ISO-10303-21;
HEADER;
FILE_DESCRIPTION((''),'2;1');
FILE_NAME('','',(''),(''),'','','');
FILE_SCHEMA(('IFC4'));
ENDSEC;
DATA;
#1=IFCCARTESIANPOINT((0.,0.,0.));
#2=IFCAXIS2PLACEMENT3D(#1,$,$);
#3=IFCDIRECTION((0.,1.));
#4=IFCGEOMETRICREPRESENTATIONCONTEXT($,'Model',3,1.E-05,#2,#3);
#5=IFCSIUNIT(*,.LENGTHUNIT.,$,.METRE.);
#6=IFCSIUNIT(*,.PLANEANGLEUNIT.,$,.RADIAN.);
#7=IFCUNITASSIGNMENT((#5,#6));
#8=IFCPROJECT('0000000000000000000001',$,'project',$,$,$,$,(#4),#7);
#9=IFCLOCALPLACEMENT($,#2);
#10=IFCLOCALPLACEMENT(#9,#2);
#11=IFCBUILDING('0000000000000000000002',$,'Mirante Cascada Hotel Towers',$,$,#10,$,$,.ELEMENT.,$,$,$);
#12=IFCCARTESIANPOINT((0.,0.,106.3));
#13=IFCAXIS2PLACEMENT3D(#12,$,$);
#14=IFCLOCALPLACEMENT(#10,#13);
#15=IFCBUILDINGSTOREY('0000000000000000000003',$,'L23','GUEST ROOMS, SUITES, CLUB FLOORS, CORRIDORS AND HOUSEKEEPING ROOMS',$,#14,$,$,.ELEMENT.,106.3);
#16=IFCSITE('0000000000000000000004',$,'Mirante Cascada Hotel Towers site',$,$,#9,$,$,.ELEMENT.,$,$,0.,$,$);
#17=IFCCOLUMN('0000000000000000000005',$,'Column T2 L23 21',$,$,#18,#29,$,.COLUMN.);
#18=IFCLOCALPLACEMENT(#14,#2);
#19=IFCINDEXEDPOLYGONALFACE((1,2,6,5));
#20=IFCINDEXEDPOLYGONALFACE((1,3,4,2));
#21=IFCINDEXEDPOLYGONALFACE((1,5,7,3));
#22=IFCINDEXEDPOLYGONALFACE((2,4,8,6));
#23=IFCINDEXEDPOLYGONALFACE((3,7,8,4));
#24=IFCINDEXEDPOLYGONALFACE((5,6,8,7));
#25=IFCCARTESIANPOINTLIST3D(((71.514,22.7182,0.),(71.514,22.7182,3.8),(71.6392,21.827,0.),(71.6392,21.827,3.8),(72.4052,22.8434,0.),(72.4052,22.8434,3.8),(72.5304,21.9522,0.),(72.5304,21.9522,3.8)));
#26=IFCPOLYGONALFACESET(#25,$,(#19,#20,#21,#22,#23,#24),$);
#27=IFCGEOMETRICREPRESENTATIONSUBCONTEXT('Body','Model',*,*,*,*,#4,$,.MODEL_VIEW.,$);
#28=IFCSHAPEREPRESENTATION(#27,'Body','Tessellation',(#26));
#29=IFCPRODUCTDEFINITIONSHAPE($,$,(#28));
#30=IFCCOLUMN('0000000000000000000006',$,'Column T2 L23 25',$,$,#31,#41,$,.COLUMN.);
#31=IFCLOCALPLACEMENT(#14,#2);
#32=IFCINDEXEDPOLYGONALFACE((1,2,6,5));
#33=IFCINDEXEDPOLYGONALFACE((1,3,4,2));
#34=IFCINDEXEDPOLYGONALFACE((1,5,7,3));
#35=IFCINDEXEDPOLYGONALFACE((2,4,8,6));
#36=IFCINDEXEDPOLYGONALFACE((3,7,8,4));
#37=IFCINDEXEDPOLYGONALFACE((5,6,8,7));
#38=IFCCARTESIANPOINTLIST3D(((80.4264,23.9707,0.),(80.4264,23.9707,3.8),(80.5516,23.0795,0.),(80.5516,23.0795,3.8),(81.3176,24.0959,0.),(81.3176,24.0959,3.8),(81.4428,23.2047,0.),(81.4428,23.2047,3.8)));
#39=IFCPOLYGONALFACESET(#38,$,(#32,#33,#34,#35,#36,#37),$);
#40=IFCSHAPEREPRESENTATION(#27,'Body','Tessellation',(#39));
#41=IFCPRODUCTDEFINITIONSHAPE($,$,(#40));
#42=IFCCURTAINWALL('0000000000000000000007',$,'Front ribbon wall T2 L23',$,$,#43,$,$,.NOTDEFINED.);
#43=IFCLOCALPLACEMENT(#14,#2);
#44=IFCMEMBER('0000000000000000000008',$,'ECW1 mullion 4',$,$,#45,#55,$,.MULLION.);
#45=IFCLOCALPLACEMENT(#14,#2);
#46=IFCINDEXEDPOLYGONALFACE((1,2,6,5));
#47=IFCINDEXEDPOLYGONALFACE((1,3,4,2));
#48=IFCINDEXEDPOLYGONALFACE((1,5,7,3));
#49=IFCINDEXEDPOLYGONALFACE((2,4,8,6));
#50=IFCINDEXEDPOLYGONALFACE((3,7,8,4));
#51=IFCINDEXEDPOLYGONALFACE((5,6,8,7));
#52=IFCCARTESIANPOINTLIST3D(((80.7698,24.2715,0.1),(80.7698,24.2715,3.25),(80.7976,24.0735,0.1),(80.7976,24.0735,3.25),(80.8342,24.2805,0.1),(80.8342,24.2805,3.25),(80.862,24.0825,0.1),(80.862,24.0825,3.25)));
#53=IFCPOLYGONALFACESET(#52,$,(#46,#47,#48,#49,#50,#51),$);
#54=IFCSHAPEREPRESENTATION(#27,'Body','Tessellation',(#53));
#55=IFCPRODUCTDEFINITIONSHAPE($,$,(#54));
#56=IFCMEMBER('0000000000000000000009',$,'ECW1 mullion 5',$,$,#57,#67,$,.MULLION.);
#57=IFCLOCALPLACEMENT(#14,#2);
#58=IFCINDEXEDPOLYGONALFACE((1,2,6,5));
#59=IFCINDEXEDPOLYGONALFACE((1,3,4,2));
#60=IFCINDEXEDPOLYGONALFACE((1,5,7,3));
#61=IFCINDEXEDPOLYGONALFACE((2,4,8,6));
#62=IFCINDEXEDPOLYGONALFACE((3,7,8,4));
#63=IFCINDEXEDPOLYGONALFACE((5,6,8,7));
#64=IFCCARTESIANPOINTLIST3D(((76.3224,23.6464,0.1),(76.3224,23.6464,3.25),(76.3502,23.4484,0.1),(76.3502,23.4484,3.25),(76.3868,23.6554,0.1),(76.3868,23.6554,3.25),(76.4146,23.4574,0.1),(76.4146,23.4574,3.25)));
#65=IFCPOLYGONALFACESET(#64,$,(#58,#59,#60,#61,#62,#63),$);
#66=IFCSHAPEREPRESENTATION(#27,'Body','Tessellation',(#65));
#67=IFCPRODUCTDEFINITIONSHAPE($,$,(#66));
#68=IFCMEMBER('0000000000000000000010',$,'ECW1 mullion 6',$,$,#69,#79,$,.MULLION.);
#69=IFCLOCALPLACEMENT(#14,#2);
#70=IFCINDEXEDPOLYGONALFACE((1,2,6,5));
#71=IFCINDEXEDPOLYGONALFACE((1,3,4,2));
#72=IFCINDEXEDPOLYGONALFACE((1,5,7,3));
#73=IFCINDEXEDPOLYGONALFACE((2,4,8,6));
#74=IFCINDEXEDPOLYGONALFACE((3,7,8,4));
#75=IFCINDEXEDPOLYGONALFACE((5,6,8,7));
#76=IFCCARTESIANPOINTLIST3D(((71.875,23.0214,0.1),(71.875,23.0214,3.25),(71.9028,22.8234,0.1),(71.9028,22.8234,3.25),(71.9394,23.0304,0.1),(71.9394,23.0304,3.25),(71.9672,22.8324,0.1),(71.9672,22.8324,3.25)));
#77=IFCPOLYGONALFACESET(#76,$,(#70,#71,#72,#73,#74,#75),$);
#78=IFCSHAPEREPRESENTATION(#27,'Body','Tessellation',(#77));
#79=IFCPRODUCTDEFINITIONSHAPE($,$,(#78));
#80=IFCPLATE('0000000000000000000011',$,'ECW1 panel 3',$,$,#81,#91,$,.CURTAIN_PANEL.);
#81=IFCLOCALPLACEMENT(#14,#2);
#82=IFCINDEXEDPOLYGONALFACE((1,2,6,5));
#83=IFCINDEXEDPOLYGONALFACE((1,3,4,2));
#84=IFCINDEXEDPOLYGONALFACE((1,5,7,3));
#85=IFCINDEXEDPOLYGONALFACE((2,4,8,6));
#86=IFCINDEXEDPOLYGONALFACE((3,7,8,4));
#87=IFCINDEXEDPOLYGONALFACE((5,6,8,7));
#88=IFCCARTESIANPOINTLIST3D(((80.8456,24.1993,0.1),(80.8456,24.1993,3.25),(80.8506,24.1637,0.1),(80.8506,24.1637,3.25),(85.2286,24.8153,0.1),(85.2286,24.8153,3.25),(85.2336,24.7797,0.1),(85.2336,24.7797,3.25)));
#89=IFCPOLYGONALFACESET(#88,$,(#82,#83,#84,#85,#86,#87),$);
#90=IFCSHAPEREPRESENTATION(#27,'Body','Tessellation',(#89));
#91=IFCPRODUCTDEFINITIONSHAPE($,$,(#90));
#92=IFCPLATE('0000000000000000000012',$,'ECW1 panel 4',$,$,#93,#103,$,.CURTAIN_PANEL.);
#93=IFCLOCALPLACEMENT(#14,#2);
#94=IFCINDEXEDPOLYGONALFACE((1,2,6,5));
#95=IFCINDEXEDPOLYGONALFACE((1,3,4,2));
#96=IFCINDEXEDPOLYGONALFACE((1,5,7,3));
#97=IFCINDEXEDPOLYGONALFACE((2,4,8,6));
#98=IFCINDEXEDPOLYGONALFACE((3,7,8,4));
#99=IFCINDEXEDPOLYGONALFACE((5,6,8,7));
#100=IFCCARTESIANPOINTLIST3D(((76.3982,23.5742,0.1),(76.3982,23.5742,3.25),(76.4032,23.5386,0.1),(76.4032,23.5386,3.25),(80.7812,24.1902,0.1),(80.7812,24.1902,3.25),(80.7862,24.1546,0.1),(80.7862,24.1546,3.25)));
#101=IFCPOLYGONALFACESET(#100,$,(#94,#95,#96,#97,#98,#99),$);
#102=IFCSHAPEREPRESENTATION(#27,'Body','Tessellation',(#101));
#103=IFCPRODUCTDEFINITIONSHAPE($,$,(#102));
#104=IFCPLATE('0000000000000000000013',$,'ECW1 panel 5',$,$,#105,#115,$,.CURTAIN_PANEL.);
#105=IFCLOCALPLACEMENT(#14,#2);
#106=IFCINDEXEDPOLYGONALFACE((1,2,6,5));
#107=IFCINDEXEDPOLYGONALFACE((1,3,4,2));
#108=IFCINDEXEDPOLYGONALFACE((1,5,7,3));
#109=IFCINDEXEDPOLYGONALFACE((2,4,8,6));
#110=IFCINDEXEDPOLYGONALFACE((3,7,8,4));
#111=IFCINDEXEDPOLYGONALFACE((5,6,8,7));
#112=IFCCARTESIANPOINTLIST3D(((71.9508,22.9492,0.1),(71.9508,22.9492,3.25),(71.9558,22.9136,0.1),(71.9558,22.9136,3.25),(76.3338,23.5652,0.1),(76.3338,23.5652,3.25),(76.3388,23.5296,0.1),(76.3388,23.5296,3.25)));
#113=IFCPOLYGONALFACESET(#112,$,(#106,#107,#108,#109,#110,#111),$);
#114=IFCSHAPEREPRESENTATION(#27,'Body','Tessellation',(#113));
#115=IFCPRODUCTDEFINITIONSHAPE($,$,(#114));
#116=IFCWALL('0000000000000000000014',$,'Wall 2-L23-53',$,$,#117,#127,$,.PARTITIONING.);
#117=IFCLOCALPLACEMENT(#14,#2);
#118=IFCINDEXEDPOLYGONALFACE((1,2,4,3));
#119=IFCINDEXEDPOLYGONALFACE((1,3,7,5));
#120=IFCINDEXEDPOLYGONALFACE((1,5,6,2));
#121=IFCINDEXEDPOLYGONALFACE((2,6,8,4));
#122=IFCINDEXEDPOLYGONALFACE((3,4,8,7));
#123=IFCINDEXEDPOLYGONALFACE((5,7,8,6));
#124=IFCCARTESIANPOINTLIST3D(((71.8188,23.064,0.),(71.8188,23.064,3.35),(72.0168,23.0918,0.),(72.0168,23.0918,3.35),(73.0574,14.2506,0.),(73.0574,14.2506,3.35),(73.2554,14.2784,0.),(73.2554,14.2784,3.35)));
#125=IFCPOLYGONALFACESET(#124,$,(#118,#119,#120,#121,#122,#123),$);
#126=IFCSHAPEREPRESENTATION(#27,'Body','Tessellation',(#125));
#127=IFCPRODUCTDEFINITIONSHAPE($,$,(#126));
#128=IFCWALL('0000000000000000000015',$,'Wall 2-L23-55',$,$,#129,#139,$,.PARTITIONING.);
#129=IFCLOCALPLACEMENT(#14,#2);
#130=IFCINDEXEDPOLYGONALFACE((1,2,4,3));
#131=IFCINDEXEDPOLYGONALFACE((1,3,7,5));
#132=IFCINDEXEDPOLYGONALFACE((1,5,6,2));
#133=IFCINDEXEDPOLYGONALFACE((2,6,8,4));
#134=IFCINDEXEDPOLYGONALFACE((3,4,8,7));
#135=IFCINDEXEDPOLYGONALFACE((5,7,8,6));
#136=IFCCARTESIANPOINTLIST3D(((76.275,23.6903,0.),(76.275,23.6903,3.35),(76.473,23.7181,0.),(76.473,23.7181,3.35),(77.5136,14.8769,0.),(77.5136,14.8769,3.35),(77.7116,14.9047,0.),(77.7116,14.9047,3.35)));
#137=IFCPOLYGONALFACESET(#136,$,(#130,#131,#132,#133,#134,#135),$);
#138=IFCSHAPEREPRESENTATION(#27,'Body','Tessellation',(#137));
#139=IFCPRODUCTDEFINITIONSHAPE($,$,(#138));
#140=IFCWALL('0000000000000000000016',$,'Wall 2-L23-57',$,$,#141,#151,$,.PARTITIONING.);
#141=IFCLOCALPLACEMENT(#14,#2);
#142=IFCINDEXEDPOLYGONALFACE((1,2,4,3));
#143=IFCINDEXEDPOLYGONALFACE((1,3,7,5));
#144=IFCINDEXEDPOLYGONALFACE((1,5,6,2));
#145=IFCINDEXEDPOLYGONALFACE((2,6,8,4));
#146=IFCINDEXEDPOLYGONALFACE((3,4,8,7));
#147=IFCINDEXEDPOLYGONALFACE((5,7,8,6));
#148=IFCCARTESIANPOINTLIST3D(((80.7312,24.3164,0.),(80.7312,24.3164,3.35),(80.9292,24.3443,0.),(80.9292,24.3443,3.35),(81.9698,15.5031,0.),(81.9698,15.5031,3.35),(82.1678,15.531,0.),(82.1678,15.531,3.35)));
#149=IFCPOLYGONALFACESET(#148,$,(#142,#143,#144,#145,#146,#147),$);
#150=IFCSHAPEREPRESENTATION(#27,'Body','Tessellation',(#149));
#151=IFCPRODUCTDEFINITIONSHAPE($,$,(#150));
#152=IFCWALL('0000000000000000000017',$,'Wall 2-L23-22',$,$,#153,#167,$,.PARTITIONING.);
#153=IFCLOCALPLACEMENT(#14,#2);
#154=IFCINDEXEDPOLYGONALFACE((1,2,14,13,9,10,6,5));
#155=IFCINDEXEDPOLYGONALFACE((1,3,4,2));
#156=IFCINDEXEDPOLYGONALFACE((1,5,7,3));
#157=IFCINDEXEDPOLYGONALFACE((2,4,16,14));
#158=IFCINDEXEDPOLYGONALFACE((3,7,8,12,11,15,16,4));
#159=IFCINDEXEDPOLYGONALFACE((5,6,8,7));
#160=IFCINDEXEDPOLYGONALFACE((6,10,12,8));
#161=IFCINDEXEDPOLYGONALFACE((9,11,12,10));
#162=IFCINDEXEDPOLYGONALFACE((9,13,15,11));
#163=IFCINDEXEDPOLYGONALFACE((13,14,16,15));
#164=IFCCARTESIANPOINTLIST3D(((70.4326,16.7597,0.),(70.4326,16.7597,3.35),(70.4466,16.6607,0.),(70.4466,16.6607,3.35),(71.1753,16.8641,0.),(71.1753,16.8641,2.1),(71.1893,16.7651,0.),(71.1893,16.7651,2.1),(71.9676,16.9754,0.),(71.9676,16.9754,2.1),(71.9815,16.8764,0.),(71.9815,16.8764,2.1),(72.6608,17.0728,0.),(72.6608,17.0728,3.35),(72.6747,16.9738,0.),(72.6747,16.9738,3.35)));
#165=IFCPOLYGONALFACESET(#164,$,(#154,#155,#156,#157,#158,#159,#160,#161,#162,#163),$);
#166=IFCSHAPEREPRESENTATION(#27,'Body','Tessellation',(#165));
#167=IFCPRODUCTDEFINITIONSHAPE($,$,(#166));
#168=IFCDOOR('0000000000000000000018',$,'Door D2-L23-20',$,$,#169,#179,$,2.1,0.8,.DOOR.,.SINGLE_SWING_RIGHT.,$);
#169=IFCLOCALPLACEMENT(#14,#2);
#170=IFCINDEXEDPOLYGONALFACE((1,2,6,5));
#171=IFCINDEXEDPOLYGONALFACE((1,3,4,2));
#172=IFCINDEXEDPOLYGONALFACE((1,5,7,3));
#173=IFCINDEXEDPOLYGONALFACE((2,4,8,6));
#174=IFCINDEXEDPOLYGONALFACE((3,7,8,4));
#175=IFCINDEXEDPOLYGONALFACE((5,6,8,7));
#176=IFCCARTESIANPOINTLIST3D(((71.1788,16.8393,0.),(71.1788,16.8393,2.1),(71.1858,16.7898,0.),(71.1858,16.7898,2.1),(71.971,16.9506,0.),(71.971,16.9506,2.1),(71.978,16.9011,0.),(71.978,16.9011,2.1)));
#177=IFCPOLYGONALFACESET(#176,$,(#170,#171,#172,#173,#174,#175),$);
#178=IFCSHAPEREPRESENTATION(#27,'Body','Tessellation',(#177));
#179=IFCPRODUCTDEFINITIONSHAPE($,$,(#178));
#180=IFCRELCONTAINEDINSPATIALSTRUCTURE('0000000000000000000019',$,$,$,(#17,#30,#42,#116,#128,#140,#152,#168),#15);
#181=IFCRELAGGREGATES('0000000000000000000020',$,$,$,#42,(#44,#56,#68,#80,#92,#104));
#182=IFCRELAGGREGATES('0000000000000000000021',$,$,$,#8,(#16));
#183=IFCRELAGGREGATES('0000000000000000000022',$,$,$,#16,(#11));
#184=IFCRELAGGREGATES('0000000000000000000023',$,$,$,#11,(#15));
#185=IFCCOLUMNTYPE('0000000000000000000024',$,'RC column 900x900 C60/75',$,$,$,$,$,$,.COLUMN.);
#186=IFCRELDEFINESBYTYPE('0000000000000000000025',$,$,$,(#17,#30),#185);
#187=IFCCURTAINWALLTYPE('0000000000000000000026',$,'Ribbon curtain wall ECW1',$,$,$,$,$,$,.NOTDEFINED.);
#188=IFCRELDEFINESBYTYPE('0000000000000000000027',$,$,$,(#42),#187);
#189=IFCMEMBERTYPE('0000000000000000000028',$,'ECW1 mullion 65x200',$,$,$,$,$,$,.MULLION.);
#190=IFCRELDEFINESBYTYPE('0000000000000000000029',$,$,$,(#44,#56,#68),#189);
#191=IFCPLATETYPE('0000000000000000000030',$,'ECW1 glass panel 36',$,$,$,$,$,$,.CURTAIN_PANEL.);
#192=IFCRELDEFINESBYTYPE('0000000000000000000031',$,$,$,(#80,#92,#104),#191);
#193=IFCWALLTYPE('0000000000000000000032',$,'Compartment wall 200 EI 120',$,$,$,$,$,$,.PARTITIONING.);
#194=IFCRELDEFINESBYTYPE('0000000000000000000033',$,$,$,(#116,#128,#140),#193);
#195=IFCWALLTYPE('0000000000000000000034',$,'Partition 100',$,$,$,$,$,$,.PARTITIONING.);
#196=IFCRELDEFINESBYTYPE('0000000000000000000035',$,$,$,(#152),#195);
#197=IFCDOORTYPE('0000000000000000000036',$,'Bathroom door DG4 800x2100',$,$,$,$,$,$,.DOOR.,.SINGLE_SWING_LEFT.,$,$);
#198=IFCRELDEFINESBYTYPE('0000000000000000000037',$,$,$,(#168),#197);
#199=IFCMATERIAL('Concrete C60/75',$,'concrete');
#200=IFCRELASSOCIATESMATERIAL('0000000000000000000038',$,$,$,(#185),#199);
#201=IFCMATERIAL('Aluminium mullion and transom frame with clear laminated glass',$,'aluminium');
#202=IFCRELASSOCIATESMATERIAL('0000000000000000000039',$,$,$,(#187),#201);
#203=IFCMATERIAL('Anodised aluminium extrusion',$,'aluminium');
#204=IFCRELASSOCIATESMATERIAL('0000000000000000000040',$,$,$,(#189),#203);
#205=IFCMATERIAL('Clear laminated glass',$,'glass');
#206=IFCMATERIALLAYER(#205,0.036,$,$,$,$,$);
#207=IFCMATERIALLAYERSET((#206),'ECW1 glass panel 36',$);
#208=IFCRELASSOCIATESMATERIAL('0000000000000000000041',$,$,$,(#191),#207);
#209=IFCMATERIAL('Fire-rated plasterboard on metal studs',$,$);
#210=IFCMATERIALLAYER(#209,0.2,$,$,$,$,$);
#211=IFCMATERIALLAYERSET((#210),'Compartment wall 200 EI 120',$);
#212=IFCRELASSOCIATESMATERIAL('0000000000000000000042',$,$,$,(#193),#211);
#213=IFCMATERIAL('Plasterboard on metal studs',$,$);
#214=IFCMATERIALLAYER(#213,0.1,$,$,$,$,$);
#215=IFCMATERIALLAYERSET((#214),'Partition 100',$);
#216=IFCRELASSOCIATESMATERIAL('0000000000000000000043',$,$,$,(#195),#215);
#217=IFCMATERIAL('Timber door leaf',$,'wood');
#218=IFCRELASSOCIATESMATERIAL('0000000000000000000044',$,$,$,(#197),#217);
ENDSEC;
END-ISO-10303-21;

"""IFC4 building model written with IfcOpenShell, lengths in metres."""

from ifc_helpers import new_model, si_unit, direction, frame, frame_2d, origin, origin_2d, place, context, subcontext, project, spatial, rectangle, extrude, material, layer, layer_set, material_profile, profile_set, type_object, element, fill, aggregate, save


model = new_model("IFC4")

# Units and contexts
model_context = context("Model", 3, precision=1e-05, world=origin(), true_north=direction((0.0, 1.0)))
body_context = subcontext(model_context, "Body", "Model", "MODEL_VIEW")
ifc_project = project(units=[si_unit("LENGTHUNIT", "METRE"), si_unit("PLANEANGLEUNIT", "RADIAN")], contexts=[model_context])

# Site, building, storey
site_placement = place(None, origin())
site = spatial("IfcSite", under=ifc_project, at=site_placement, Name="Mirante Cascada Hotel Towers site", CompositionType="ELEMENT", RefElevation=0.0)
building_placement = place(site_placement, origin())
building = spatial("IfcBuilding", under=site, at=building_placement, Name="Mirante Cascada Hotel Towers", CompositionType="ELEMENT")
storey_placement = place(building_placement, frame((0.0, 0.0, 106.3)))
storey = spatial("IfcBuildingStorey", under=building, at=storey_placement, Name="L23", Description="GUEST ROOMS, SUITES, CLUB FLOORS, CORRIDORS AND HOUSEKEEPING ROOMS", CompositionType="ELEMENT", Elevation=106.3)

# Columns
ifc_material_1 = material(Name="Concrete C60/75", Category="concrete")
ifc_material_profile_1 = material_profile(ifc_material_1, rectangle(XDim=0.9, YDim=0.9, at=origin_2d()), Name="RC column 900x900 C60/75")
ifc_profile_set_1 = profile_set([ifc_material_profile_1], Name="Concrete C60/75")
column_type = type_object("IfcColumnType", Name="RC column 900x900 C60/75", PredefinedType="COLUMN", material=ifc_profile_set_1)
for number, where, z_axis, x_axis, name in (
    (1, (72.0222, 22.3352, 0.0), (0.0, 0.0, 1.0), (0.990268, 0.139173, 0.0), "Column T2 L23 21"),
    (2, (80.9346, 23.5877, 0.0), (0.0, 0.0, 1.0), (0.990268, 0.139173, 0.0), "Column T2 L23 25"),
):
    element("IfcColumn", number, at=place(storey_placement, frame(where, z_axis=z_axis, x_axis=x_axis)), inside=storey, type_object=column_type, Name=name, PredefinedType="COLUMN", context=body_context, shape_type="SweptSolid", body=[
        extrude(rectangle(XDim=0.9, YDim=0.9, at=origin_2d()), origin(), (0.0, 0.0, 1.0), 3.8),
    ])

# Curtain wall, members, plates
ifc_material_2 = material(Name="Aluminium mullion and transom frame with clear laminated glass", Category="aluminium")
curtain_wall_type = type_object("IfcCurtainWallType", Name="Ribbon curtain wall ECW1", PredefinedType="NOTDEFINED", material=ifc_material_2)
curtain_wall_placement = place(storey_placement, origin())
curtain_wall = element("IfcCurtainWall", 3, at=curtain_wall_placement, inside=storey, type_object=curtain_wall_type, Name="Front ribbon wall T2 L23", PredefinedType="NOTDEFINED")
ifc_material_3 = material(Name="Anodised aluminium extrusion", Category="aluminium")
ifc_material_profile_2 = material_profile(ifc_material_3, rectangle(XDim=0.2, YDim=0.065, at=origin_2d()), Name="ECW1 MULLION 65x200")
ifc_profile_set_2 = profile_set([ifc_material_profile_2], Name="Anodised aluminium extrusion")
member_type = type_object("IfcMemberType", Name="ECW1 mullion 65x200", PredefinedType="MULLION", material=ifc_profile_set_2)
member_1_placement = place(storey_placement, frame((80.8159, 24.177, 0.1), z_axis=(0.0, 0.0, 1.0), x_axis=(0.139173, -0.990268, 0.0)))
member_1 = element("IfcMember", 4, at=member_1_placement, type_object=member_type, Name="ECW1 mullion 4", PredefinedType="MULLION", context=body_context, shape_type="SweptSolid", body=[
    extrude(rectangle(XDim=0.2, YDim=0.065, at=origin_2d()), origin(), (0.0, 0.0, 1.0), 3.15),
])
member_2_placement = place(storey_placement, frame((76.3685, 23.5519, 0.1), z_axis=(0.0, 0.0, 1.0), x_axis=(0.139173, -0.990268, 0.0)))
member_2 = element("IfcMember", 5, at=member_2_placement, type_object=member_type, Name="ECW1 mullion 5", PredefinedType="MULLION", context=body_context, shape_type="SweptSolid", body=[
    extrude(rectangle(XDim=0.2, YDim=0.065, at=origin_2d()), origin(), (0.0, 0.0, 1.0), 3.15),
])
member_3_placement = place(storey_placement, frame((71.9211, 22.9269, 0.1), z_axis=(0.0, 0.0, 1.0), x_axis=(0.139173, -0.990268, 0.0)))
member_3 = element("IfcMember", 6, at=member_3_placement, type_object=member_type, Name="ECW1 mullion 6", PredefinedType="MULLION", context=body_context, shape_type="SweptSolid", body=[
    extrude(rectangle(XDim=0.2, YDim=0.065, at=origin_2d()), origin(), (0.0, 0.0, 1.0), 3.15),
])
ifc_material_4 = material(Name="Clear laminated glass", Category="glass")
ifc_layer_1 = layer(ifc_material_4, 0.036)
ifc_layer_set_1 = layer_set([ifc_layer_1], Name="ECW1 glass panel 36")
plate_type = type_object("IfcPlateType", Name="ECW1 glass panel 36", PredefinedType="CURTAIN_PANEL", material=ifc_layer_set_1)
plate_1_placement = place(storey_placement, frame((83.0396, 24.4895, 0.1), z_axis=(0.0, 0.0, 1.0), x_axis=(-0.990268, -0.139173, 0.0)))
plate_1 = element("IfcPlate", 7, at=plate_1_placement, type_object=plate_type, Name="ECW1 panel 3", PredefinedType="CURTAIN_PANEL", context=body_context, shape_type="SweptSolid", body=[
    extrude(rectangle(XDim=4.4261, YDim=0.036, at=origin_2d()), origin(), (0.0, 0.0, 1.0), 3.15),
])
plate_2_placement = place(storey_placement, frame((78.5922, 23.8644, 0.1), z_axis=(0.0, 0.0, 1.0), x_axis=(-0.990268, -0.139173, 0.0)))
plate_2 = element("IfcPlate", 8, at=plate_2_placement, type_object=plate_type, Name="ECW1 panel 4", PredefinedType="CURTAIN_PANEL", context=body_context, shape_type="SweptSolid", body=[
    extrude(rectangle(XDim=4.4261, YDim=0.036, at=origin_2d()), origin(), (0.0, 0.0, 1.0), 3.15),
])
plate_3_placement = place(storey_placement, frame((74.1448, 23.2394, 0.1), z_axis=(0.0, 0.0, 1.0), x_axis=(-0.990268, -0.139173, 0.0)))
plate_3 = element("IfcPlate", 9, at=plate_3_placement, type_object=plate_type, Name="ECW1 panel 5", PredefinedType="CURTAIN_PANEL", context=body_context, shape_type="SweptSolid", body=[
    extrude(rectangle(XDim=4.4261, YDim=0.036, at=origin_2d()), origin(), (0.0, 0.0, 1.0), 3.15),
])
aggregate(curtain_wall, [member_1, member_2, member_3, plate_1, plate_2, plate_3])

# Walls
ifc_material_5 = material(Name="Fire-rated plasterboard on metal studs")
ifc_layer_2 = layer(ifc_material_5, 0.2)
ifc_layer_set_2 = layer_set([ifc_layer_2], Name="Compartment wall 200 EI 120")
wall_type_1 = type_object("IfcWallType", Name="Compartment wall 200 EI 120", PredefinedType="PARTITIONING", material=ifc_layer_set_2)
for number, where, z_axis, x_axis, name in (
    (10, (71.9178, 23.0779, 0.0), (0.0, 0.0, 1.0), (0.139168, -0.990269, 0.0), "Wall 2-L23-53"),
    (11, (76.374, 23.7042, 0.0), (0.0, 0.0, 1.0), (0.139168, -0.990269, 0.0), "Wall 2-L23-55"),
):
    element("IfcWall", number, at=place(storey_placement, frame(where, z_axis=z_axis, x_axis=x_axis)), inside=storey, type_object=wall_type_1, Name=name, PredefinedType="PARTITIONING", context=body_context, shape_type="SweptSolid", body=[
        extrude(rectangle(XDim=8.9, YDim=0.2, at=frame_2d((4.45, 0.0))), origin(), (0.0, 0.0, 1.0), 3.35),
    ])
wall_1_placement = place(storey_placement, frame((80.8302, 24.3304, 0.0), z_axis=(0.0, 0.0, 1.0), x_axis=(0.13917, -0.990268, 0.0)))
element("IfcWall", 12, at=wall_1_placement, inside=storey, type_object=wall_type_1, Name="Wall 2-L23-57", PredefinedType="PARTITIONING", context=body_context, shape_type="SweptSolid", body=[
    extrude(rectangle(XDim=8.8999, YDim=0.2, at=frame_2d((4.45, 0.0))), origin(), (0.0, 0.0, 1.0), 3.35),
])

# Wall, opening, door
ifc_material_6 = material(Name="Plasterboard on metal studs")
ifc_layer_3 = layer(ifc_material_6, 0.1)
ifc_layer_set_3 = layer_set([ifc_layer_3], Name="Partition 100")
wall_type_2 = type_object("IfcWallType", Name="Partition 100", PredefinedType="PARTITIONING", material=ifc_layer_set_3)
wall_2_placement = place(storey_placement, frame((70.4396, 16.7102, 0.0), z_axis=(0.0, 0.0, 1.0), x_axis=(0.990271, 0.139156, 0.0)))
wall_2 = element("IfcWall", 13, at=wall_2_placement, inside=storey, type_object=wall_type_2, Name="Wall 2-L23-22", PredefinedType="PARTITIONING", context=body_context, shape_type="SweptSolid", body=[
    extrude(rectangle(XDim=2.25, YDim=0.1, at=frame_2d((1.125, 0.0))), origin(), (0.0, 0.0, 1.0), 3.35),
])
opening_1_placement = place(wall_2_placement, frame((0.75, 0.0, 0.0)))
opening_1 = element("IfcOpeningElement", 14, at=opening_1_placement, cuts=wall_2, PredefinedType="OPENING", context=body_context, shape_type="SweptSolid", body=[
    extrude(rectangle(XDim=0.8, YDim=2.1, at=frame_2d((0.4, 1.05))), frame((0.0, 0.05, 0.0), z_axis=(0.0, -1.0, 0.0), x_axis=(1.0, 0.0, 0.0)), (0.0, 0.0, 1.0), 0.1),
])
ifc_material_7 = material(Name="Timber door leaf", Category="wood")
door_type = type_object("IfcDoorType", Name="Bathroom door DG4 800x2100", OperationType="SINGLE_SWING_LEFT", PredefinedType="DOOR", material=ifc_material_7)
door_1_placement = place(opening_1_placement, frame((0.8, 0.0, 0.0), z_axis=(0.0, 0.0, 1.0), x_axis=(-1.0, 0.0, 0.0)))
door_1 = element("IfcDoor", 15, at=door_1_placement, inside=storey, type_object=door_type, Name="Door D2-L23-20", OperationType="SINGLE_SWING_RIGHT", OverallHeight=2.1, OverallWidth=0.8, PredefinedType="DOOR", context=body_context, shape_type="SweptSolid", body=[
    extrude(rectangle(XDim=0.8, YDim=2.1, at=frame_2d((0.4, 1.05))), frame((0.0, 0.025, 0.0), z_axis=(0.0, -1.0, 0.0), x_axis=(1.0, 0.0, 0.0)), (0.0, 0.0, 1.0), 0.05),
])
fill(opening_1, door_1)

save(model, "model.ifc")
